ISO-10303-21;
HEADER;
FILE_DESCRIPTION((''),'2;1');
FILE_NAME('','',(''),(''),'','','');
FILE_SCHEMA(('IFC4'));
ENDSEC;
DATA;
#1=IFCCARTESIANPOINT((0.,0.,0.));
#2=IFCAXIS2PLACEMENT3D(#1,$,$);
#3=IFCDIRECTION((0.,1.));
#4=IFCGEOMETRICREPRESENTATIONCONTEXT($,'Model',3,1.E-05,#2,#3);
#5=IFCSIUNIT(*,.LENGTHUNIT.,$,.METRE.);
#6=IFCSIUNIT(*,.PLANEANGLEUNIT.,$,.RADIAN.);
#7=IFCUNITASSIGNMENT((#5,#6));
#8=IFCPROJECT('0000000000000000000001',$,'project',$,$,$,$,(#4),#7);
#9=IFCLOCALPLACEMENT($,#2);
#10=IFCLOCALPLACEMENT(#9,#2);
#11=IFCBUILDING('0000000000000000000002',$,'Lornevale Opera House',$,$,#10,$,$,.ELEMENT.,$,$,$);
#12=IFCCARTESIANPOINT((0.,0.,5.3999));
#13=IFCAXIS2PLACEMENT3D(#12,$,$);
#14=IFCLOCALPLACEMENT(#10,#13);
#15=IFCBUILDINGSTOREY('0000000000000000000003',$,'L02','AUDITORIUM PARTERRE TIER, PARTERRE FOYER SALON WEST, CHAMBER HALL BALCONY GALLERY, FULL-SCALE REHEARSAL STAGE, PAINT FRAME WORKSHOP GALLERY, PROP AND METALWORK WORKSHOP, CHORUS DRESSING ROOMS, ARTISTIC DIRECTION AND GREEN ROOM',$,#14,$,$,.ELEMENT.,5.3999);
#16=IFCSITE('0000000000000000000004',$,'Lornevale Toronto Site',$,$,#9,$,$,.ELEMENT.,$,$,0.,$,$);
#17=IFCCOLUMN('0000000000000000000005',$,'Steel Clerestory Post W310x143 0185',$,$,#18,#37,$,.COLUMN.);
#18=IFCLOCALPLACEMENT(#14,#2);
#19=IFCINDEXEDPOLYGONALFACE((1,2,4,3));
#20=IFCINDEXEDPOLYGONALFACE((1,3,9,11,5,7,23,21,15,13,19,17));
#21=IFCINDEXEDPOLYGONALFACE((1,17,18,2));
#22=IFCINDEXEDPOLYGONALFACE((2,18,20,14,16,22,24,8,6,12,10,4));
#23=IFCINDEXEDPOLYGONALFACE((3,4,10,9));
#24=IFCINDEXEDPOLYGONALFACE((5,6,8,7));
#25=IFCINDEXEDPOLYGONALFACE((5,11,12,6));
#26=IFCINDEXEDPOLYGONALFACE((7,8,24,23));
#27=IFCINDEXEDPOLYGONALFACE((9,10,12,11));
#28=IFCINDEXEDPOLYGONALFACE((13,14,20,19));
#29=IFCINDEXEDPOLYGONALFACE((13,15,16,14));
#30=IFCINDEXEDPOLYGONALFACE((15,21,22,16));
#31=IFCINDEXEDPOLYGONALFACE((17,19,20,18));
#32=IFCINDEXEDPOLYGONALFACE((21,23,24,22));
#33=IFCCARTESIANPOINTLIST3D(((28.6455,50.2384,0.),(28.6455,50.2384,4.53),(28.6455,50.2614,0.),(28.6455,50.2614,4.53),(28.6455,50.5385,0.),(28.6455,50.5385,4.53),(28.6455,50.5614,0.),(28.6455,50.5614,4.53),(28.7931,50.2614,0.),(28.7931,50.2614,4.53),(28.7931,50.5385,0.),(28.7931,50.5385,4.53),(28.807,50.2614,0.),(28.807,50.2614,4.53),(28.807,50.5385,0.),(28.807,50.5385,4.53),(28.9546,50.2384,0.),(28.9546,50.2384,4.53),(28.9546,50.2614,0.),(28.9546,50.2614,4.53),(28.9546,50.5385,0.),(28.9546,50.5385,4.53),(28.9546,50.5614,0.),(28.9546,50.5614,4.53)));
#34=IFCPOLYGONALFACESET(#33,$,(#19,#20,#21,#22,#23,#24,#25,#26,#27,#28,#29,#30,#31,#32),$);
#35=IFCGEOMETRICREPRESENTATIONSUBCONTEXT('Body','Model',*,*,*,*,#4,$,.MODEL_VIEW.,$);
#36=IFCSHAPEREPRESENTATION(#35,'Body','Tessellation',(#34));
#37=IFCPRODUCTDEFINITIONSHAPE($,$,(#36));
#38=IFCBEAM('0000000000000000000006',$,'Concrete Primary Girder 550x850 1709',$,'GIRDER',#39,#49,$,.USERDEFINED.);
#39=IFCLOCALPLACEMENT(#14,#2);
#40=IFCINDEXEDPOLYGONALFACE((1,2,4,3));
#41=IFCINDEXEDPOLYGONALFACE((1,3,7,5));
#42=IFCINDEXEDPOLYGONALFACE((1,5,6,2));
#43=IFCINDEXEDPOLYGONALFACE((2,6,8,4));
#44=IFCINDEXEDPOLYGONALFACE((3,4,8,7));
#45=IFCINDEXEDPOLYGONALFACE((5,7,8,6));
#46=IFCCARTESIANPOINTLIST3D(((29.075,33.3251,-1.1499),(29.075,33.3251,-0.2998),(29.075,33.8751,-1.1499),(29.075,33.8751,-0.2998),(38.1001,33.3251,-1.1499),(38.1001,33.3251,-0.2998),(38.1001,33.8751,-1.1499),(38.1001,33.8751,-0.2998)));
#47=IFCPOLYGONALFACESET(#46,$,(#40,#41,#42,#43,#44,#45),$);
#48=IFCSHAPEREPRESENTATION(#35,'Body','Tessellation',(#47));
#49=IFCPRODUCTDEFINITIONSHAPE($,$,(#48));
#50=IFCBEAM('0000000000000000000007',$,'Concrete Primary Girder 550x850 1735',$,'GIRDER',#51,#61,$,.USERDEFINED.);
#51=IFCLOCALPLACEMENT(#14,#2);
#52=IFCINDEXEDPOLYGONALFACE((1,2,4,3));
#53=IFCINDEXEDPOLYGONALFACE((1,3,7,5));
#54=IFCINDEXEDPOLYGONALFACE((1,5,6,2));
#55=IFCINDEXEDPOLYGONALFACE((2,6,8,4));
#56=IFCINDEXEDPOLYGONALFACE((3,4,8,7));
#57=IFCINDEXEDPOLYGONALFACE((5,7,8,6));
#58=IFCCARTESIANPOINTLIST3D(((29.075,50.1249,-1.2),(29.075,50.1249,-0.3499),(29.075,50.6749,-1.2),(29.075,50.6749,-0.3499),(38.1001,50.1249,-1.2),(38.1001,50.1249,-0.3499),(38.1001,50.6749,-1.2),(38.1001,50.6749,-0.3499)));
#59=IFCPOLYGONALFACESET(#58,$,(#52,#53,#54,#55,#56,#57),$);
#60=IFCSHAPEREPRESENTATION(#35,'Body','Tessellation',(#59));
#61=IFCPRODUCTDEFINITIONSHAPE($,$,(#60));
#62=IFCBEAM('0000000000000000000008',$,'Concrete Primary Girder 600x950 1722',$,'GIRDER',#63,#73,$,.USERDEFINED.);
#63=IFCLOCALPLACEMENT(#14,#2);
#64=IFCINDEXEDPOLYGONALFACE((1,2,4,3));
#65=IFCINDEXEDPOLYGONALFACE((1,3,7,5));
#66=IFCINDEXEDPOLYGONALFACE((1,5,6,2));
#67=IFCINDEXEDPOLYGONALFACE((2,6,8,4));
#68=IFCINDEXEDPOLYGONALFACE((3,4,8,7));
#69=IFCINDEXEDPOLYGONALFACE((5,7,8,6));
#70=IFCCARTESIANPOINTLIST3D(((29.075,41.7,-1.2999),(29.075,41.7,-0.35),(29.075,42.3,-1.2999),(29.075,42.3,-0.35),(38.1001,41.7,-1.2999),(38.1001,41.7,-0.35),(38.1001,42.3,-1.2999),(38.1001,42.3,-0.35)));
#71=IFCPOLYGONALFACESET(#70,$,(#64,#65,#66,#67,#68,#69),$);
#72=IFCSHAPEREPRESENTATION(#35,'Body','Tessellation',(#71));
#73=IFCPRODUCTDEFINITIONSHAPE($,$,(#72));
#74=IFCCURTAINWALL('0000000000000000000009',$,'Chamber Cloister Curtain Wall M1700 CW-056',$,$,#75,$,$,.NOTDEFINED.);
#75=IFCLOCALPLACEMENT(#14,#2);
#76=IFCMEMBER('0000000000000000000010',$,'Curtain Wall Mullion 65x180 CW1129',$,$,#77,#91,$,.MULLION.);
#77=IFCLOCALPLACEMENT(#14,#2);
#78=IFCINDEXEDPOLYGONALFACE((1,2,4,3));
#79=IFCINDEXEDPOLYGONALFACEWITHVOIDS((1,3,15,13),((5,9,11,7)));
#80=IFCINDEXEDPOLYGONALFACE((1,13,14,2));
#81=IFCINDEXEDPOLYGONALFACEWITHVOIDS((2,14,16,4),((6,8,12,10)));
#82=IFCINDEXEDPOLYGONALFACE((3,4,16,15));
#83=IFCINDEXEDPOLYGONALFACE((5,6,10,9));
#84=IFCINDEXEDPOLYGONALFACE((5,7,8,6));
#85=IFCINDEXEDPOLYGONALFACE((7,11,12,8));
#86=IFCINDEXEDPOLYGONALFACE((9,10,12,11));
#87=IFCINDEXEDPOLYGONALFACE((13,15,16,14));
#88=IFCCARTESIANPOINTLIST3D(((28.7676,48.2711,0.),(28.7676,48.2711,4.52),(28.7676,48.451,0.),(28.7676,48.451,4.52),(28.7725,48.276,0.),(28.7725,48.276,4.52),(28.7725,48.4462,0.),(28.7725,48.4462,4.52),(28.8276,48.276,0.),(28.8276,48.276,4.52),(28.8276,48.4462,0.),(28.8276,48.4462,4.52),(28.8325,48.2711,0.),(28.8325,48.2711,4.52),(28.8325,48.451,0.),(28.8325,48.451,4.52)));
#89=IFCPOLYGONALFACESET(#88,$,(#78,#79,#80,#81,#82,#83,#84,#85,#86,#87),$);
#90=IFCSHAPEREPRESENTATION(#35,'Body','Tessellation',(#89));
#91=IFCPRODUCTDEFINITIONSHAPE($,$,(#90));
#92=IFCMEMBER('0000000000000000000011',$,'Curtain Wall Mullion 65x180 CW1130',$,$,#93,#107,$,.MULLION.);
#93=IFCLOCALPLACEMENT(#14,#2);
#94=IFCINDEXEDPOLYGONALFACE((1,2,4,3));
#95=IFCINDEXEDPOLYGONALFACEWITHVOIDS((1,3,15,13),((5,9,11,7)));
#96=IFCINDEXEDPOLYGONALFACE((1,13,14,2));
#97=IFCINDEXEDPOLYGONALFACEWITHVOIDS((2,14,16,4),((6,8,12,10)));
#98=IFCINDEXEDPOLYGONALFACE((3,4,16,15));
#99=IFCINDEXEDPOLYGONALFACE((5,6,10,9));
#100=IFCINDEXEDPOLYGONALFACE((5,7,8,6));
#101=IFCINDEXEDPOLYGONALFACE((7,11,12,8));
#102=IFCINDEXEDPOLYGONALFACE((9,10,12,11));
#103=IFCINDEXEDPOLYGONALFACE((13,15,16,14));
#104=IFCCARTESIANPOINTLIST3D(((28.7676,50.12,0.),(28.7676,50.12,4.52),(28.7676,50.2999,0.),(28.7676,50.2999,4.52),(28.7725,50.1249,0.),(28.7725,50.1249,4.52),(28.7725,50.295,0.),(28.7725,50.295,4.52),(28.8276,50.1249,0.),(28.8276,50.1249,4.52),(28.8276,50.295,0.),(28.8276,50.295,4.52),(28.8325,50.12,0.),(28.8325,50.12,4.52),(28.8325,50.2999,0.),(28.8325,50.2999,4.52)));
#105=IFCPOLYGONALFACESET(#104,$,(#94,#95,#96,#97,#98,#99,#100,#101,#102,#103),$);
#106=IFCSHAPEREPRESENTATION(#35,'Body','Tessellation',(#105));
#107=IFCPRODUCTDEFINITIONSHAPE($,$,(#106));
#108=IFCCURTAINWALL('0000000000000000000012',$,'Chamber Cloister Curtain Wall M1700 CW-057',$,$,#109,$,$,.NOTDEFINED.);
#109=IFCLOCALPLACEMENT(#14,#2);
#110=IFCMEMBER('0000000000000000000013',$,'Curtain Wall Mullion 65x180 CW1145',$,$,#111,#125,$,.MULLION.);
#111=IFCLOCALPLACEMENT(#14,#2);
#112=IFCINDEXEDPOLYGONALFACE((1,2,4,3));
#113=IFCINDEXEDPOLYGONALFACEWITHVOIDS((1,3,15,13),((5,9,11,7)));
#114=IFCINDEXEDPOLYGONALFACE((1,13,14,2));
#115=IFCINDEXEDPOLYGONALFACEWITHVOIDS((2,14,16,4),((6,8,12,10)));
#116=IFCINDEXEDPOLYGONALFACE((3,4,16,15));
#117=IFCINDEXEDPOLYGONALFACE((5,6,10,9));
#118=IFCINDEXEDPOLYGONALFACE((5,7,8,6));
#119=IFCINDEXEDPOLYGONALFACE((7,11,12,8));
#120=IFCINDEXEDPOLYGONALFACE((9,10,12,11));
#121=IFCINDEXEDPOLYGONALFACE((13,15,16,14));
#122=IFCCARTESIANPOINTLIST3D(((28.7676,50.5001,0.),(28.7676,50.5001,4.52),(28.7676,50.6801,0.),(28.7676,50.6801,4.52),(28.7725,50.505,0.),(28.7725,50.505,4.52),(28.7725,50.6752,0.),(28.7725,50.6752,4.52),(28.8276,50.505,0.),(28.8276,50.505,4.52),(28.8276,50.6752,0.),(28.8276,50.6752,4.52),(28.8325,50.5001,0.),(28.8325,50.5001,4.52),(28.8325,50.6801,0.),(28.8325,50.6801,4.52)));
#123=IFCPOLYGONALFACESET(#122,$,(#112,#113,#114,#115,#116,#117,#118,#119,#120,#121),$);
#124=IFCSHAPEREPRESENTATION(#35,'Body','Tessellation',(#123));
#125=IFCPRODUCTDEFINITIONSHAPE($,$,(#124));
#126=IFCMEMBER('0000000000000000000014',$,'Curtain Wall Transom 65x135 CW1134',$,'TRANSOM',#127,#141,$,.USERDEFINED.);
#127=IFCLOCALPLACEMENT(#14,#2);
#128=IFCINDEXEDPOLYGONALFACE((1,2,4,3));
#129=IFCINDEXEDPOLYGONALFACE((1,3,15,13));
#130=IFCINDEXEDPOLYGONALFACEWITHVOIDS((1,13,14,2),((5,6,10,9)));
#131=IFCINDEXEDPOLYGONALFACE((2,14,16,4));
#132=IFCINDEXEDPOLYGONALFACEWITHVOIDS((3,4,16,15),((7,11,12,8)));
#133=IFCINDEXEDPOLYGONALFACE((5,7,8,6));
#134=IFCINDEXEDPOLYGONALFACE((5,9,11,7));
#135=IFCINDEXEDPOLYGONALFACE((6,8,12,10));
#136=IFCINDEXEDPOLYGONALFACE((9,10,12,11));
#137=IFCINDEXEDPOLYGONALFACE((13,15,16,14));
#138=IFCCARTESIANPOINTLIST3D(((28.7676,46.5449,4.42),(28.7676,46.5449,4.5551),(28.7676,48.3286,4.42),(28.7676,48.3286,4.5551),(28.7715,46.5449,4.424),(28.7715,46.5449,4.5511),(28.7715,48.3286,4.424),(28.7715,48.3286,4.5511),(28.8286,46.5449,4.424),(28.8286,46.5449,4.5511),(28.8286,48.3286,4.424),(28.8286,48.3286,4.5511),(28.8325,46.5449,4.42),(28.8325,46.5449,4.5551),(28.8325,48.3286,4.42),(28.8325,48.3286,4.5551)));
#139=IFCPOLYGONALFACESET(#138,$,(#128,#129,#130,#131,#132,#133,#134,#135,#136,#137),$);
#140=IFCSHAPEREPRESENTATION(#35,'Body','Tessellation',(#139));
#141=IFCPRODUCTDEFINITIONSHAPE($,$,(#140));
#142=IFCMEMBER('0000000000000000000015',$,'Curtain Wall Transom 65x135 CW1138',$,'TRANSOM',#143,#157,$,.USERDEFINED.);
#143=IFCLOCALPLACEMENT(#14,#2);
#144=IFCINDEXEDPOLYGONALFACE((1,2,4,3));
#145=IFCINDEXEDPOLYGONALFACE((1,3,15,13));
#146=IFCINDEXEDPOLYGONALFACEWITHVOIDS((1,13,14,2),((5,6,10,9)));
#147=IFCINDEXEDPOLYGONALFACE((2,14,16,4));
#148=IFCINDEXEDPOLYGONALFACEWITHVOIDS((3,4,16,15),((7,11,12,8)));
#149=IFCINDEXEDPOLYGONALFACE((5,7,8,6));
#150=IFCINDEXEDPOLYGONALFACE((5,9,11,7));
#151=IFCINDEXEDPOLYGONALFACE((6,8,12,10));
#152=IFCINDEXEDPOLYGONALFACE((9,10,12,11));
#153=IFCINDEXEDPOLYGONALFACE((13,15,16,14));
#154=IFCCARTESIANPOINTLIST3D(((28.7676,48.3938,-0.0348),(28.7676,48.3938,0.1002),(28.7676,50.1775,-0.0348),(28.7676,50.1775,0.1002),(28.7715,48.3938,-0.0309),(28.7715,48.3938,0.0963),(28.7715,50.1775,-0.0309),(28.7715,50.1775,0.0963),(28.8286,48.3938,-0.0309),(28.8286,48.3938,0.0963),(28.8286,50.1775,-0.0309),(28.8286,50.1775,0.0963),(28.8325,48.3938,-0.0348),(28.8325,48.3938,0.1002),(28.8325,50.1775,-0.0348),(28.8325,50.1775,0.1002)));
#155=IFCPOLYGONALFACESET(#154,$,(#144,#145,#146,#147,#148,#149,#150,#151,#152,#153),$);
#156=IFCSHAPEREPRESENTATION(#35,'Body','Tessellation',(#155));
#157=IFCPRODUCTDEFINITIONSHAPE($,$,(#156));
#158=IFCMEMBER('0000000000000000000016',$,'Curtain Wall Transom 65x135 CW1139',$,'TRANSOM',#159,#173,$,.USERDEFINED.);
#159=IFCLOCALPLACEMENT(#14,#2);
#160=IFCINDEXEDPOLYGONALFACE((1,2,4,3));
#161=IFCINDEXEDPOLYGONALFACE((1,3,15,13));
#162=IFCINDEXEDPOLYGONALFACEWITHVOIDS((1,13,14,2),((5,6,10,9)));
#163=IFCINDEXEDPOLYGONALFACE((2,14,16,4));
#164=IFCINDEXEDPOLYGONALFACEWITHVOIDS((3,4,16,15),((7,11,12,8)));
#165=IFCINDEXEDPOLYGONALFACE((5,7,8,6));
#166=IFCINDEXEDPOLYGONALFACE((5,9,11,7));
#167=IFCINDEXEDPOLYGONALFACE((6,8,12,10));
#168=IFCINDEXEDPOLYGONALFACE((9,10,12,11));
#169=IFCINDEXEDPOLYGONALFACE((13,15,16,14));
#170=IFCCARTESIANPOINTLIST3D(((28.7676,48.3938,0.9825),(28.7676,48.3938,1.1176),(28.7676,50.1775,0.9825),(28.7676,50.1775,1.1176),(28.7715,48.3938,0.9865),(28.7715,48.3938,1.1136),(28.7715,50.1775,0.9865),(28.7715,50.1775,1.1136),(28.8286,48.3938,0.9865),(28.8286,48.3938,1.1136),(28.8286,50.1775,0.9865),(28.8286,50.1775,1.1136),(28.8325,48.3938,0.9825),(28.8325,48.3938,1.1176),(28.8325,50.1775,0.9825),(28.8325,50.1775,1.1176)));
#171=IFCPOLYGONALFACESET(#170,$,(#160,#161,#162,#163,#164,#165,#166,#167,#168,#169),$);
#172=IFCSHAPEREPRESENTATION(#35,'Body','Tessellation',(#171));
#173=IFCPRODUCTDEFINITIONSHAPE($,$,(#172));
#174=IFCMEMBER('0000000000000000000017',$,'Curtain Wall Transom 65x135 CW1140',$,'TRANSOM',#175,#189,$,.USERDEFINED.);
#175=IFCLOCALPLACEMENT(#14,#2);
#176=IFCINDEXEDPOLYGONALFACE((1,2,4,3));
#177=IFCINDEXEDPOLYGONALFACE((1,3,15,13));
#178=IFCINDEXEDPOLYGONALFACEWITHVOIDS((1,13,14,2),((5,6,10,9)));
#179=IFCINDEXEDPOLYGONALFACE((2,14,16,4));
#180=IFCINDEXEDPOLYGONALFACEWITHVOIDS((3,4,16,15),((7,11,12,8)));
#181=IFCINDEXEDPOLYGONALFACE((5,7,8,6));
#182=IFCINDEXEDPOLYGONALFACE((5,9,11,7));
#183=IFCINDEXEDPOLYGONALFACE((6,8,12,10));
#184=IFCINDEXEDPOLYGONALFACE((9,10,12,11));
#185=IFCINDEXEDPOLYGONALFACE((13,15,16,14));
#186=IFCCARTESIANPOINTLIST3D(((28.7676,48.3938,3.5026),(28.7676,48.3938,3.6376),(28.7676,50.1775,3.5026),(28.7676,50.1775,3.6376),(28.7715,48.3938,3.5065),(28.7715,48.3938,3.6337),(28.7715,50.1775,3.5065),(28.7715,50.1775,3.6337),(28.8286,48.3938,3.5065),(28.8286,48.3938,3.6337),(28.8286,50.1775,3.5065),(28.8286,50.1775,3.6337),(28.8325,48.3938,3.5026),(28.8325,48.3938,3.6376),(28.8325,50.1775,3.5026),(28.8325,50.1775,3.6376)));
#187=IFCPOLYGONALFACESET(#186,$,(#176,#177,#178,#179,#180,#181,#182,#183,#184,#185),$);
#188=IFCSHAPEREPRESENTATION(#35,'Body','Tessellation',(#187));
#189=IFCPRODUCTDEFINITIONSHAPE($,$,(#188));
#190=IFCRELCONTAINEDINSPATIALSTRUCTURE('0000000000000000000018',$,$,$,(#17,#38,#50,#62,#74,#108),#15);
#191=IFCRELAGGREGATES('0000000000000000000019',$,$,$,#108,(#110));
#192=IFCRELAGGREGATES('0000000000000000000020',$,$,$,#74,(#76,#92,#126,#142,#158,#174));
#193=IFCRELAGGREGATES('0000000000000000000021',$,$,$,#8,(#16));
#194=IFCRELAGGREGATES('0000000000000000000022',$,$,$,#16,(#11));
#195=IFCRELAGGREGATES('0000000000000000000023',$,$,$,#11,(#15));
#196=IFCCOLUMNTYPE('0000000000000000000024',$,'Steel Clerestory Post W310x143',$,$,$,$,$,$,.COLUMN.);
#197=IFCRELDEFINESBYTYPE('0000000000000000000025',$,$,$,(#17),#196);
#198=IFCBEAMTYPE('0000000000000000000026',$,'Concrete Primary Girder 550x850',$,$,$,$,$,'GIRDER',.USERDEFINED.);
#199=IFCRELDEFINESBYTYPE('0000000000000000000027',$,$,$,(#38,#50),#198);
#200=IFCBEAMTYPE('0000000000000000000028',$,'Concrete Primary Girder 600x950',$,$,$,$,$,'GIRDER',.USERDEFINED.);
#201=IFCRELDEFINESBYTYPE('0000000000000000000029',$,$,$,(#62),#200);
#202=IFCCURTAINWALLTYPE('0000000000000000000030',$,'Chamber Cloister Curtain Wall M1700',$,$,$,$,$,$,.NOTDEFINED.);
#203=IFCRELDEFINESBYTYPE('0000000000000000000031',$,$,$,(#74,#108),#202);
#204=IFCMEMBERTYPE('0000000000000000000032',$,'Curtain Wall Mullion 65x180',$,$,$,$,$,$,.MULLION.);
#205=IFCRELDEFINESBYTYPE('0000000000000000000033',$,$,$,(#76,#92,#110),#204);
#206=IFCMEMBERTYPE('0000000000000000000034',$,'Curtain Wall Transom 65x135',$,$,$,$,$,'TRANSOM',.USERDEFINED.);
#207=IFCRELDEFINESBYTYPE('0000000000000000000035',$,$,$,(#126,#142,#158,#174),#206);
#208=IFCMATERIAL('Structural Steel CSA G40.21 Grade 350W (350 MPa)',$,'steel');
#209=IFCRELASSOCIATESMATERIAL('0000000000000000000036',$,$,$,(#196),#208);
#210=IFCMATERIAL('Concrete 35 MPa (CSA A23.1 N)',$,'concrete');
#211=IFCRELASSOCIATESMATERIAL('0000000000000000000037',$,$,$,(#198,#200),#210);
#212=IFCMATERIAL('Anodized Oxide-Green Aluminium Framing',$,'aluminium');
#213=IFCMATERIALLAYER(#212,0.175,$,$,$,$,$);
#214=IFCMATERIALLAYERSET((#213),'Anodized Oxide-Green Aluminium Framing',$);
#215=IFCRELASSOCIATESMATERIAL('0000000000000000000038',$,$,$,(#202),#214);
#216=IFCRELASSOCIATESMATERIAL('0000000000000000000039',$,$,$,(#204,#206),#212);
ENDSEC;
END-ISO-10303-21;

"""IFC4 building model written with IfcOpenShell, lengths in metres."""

from ifc_helpers import new_model, si_unit, direction, frame, origin, origin_2d, place, context, subcontext, project, spatial, rectangle, hollow_rectangle, i_section, extrude, material, layer, layer_set, material_profile, profile_set, type_object, element, aggregate, save


model = new_model("IFC4")

# Units and contexts
model_context = context("Model", 3, precision=1e-05, world=origin(), true_north=direction((0.0, 1.0)))
body_context = subcontext(model_context, "Body", "Model", "MODEL_VIEW")
ifc_project = project(units=[si_unit("LENGTHUNIT", "METRE"), si_unit("PLANEANGLEUNIT", "RADIAN")], contexts=[model_context])

# Site, building, storey
site_placement = place(None, origin())
site = spatial("IfcSite", under=ifc_project, at=site_placement, Name="Lornevale Toronto Site", CompositionType="ELEMENT", RefElevation=0.0)
building_placement = place(site_placement, origin())
building = spatial("IfcBuilding", under=site, at=building_placement, Name="Lornevale Opera House", CompositionType="ELEMENT")
storey_placement = place(building_placement, frame((0.0, 0.0, 5.3999)))
storey = spatial("IfcBuildingStorey", under=building, at=storey_placement, Name="L02", Description="AUDITORIUM PARTERRE TIER, PARTERRE FOYER SALON WEST, CHAMBER HALL BALCONY GALLERY, FULL-SCALE REHEARSAL STAGE, PAINT FRAME WORKSHOP GALLERY, PROP AND METALWORK WORKSHOP, CHORUS DRESSING ROOMS, ARTISTIC DIRECTION AND GREEN ROOM", CompositionType="ELEMENT", Elevation=5.3999)

# Column
ifc_material_1 = material(Name="Structural Steel CSA G40.21 Grade 350W (350 MPa)", Category="steel")
ifc_material_profile_1 = material_profile(ifc_material_1, i_section(OverallWidth=0.3091, OverallDepth=0.323, WebThickness=0.0139, FlangeThickness=0.0229, at=origin_2d()), Name="W310x143")
ifc_profile_set_1 = profile_set([ifc_material_profile_1], Name="Structural Steel CSA G40.21 Grade 350W (350 MPa)")
column_type = type_object("IfcColumnType", Name="Steel Clerestory Post W310x143", PredefinedType="COLUMN", material=ifc_profile_set_1)
column_placement = place(storey_placement, frame((28.8, 50.3999, 0.0), z_axis=(0.0, 0.0, 1.0), x_axis=(1.0, 0.0, 0.0)))
element("IfcColumn", 1, at=column_placement, inside=storey, type_object=column_type, Name="Steel Clerestory Post W310x143 0185", PredefinedType="COLUMN", context=body_context, shape_type="SweptSolid", body=[
    extrude(i_section(OverallWidth=0.3091, OverallDepth=0.323, WebThickness=0.0139, FlangeThickness=0.0229, at=origin_2d()), origin(), (0.0, 0.0, 1.0), 4.53),
])

# Beams
ifc_material_2 = material(Name="Concrete 35 MPa (CSA A23.1 N)", Category="concrete")
ifc_material_profile_2 = material_profile(ifc_material_2, rectangle(XDim=0.55, YDim=0.8501, at=origin_2d()), Name="RC550x850")
ifc_profile_set_2 = profile_set([ifc_material_profile_2], Name="Concrete 35 MPa (CSA A23.1 N)")
beam_type_1 = type_object("IfcBeamType", Name="Concrete Primary Girder 550x850", ElementType="GIRDER", PredefinedType="USERDEFINED", material=ifc_profile_set_2)
for number, where, z_axis, x_axis, name in (
    (2, (29.075, 33.6001, -0.7249), (1.0, 0.0, 0.0), (0.0, 1.0, 0.0), "Concrete Primary Girder 550x850 1709"),
    (3, (29.075, 50.3999, -0.7749), (1.0, 0.0, 0.0), (0.0, 1.0, 0.0), "Concrete Primary Girder 550x850 1735"),
):
    element("IfcBeam", number, at=place(storey_placement, frame(where, z_axis=z_axis, x_axis=x_axis)), inside=storey, type_object=beam_type_1, Name=name, ObjectType="GIRDER", PredefinedType="USERDEFINED", context=body_context, shape_type="SweptSolid", body=[
        extrude(rectangle(XDim=0.55, YDim=0.8501, at=origin_2d()), origin(), (0.0, 0.0, 1.0), 9.0251),
    ])
ifc_material_profile_3 = material_profile(ifc_material_2, rectangle(XDim=0.6001, YDim=0.95, at=origin_2d()), Name="RC600x950")
ifc_profile_set_3 = profile_set([ifc_material_profile_3], Name="Concrete 35 MPa (CSA A23.1 N)")
beam_type_2 = type_object("IfcBeamType", Name="Concrete Primary Girder 600x950", ElementType="GIRDER", PredefinedType="USERDEFINED", material=ifc_profile_set_3)
beam_placement = place(storey_placement, frame((29.075, 42.0, -0.825), z_axis=(1.0, 0.0, 0.0), x_axis=(0.0, 1.0, 0.0)))
element("IfcBeam", 4, at=beam_placement, inside=storey, type_object=beam_type_2, Name="Concrete Primary Girder 600x950 1722", ObjectType="GIRDER", PredefinedType="USERDEFINED", context=body_context, shape_type="SweptSolid", body=[
    extrude(rectangle(XDim=0.6001, YDim=0.95, at=origin_2d()), origin(), (0.0, 0.0, 1.0), 9.0251),
])

# Curtain wall, members
ifc_material_3 = material(Name="Anodized Oxide-Green Aluminium Framing", Category="aluminium")
ifc_layer_1 = layer(ifc_material_3, 0.175)
ifc_layer_set_1 = layer_set([ifc_layer_1], Name="Anodized Oxide-Green Aluminium Framing")
curtain_wall_type = type_object("IfcCurtainWallType", Name="Chamber Cloister Curtain Wall M1700", PredefinedType="NOTDEFINED", material=ifc_layer_set_1)
curtain_wall_1_placement = place(storey_placement, origin())
curtain_wall_1 = element("IfcCurtainWall", 5, at=curtain_wall_1_placement, inside=storey, type_object=curtain_wall_type, Name="Chamber Cloister Curtain Wall M1700 CW-056", PredefinedType="NOTDEFINED")
ifc_material_profile_4 = material_profile(ifc_material_3, hollow_rectangle(XDim=0.0649, YDim=0.1799, WallThickness=0.0049, at=origin_2d()), Name="ALU65x180x5")
ifc_profile_set_4 = profile_set([ifc_material_profile_4], Name="Anodized Oxide-Green Aluminium Framing")
member_type_1 = type_object("IfcMemberType", Name="Curtain Wall Mullion 65x180", PredefinedType="MULLION", material=ifc_profile_set_4)
member_1_placement = place(storey_placement, frame((28.8, 48.3611, 0.0), z_axis=(0.0, 0.0, 1.0), x_axis=(-1.0, 0.0, 0.0)))
member_1 = element("IfcMember", 6, at=member_1_placement, type_object=member_type_1, Name="Curtain Wall Mullion 65x180 CW1129", PredefinedType="MULLION", context=body_context, shape_type="SweptSolid", body=[
    extrude(hollow_rectangle(XDim=0.0649, YDim=0.1799, WallThickness=0.0049, at=origin_2d()), origin(), (0.0, 0.0, 1.0), 4.52),
])
member_2_placement = place(storey_placement, frame((28.8, 50.21, 0.0), z_axis=(0.0, 0.0, 1.0), x_axis=(-1.0, 0.0, 0.0)))
member_2 = element("IfcMember", 7, at=member_2_placement, type_object=member_type_1, Name="Curtain Wall Mullion 65x180 CW1130", PredefinedType="MULLION", context=body_context, shape_type="SweptSolid", body=[
    extrude(hollow_rectangle(XDim=0.0649, YDim=0.1799, WallThickness=0.0049, at=origin_2d()), origin(), (0.0, 0.0, 1.0), 4.52),
])

# Curtain wall, member
curtain_wall_2_placement = place(storey_placement, origin())
curtain_wall_2 = element("IfcCurtainWall", 8, at=curtain_wall_2_placement, inside=storey, type_object=curtain_wall_type, Name="Chamber Cloister Curtain Wall M1700 CW-057", PredefinedType="NOTDEFINED")
member_3_placement = place(storey_placement, frame((28.8, 50.5901, 0.0), z_axis=(0.0, 0.0, 1.0), x_axis=(-1.0, 0.0, 0.0)))
member_3 = element("IfcMember", 9, at=member_3_placement, type_object=member_type_1, Name="Curtain Wall Mullion 65x180 CW1145", PredefinedType="MULLION", context=body_context, shape_type="SweptSolid", body=[
    extrude(hollow_rectangle(XDim=0.0649, YDim=0.1799, WallThickness=0.0049, at=origin_2d()), origin(), (0.0, 0.0, 1.0), 4.52),
])
aggregate(curtain_wall_2, [member_3])

# Members
ifc_material_profile_5 = material_profile(ifc_material_3, hollow_rectangle(XDim=0.0649, YDim=0.135, WallThickness=0.0039, at=origin_2d()), Name="ALU65x135x4")
ifc_profile_set_5 = profile_set([ifc_material_profile_5], Name="Anodized Oxide-Green Aluminium Framing")
member_type_2 = type_object("IfcMemberType", Name="Curtain Wall Transom 65x135", ElementType="TRANSOM", PredefinedType="USERDEFINED", material=ifc_profile_set_5)
member_4_placement = place(storey_placement, frame((28.8, 46.5449, 4.4875), z_axis=(0.0, 1.0, 0.0), x_axis=(-1.0, 0.0, 0.0)))
member_4 = element("IfcMember", 10, at=member_4_placement, type_object=member_type_2, Name="Curtain Wall Transom 65x135 CW1134", ObjectType="TRANSOM", PredefinedType="USERDEFINED", context=body_context, shape_type="SweptSolid", body=[
    extrude(hollow_rectangle(XDim=0.0649, YDim=0.135, WallThickness=0.0039, at=origin_2d()), origin(), (0.0, 0.0, 1.0), 1.7837),
])
member_5_placement = place(storey_placement, frame((28.8, 48.3938, 0.0327), z_axis=(0.0, 1.0, 0.0), x_axis=(-1.0, 0.0, 0.0)))
member_5 = element("IfcMember", 11, at=member_5_placement, type_object=member_type_2, Name="Curtain Wall Transom 65x135 CW1138", ObjectType="TRANSOM", PredefinedType="USERDEFINED", context=body_context, shape_type="SweptSolid", body=[
    extrude(hollow_rectangle(XDim=0.0649, YDim=0.135, WallThickness=0.0039, at=origin_2d()), origin(), (0.0, 0.0, 1.0), 1.7837),
])
member_6_placement = place(storey_placement, frame((28.8, 48.3938, 1.05), z_axis=(0.0, 1.0, 0.0), x_axis=(-1.0, 0.0, 0.0)))
member_6 = element("IfcMember", 12, at=member_6_placement, type_object=member_type_2, Name="Curtain Wall Transom 65x135 CW1139", ObjectType="TRANSOM", PredefinedType="USERDEFINED", context=body_context, shape_type="SweptSolid", body=[
    extrude(hollow_rectangle(XDim=0.0649, YDim=0.135, WallThickness=0.0039, at=origin_2d()), origin(), (0.0, 0.0, 1.0), 1.7837),
])
member_7_placement = place(storey_placement, frame((28.8, 48.3938, 3.5701), z_axis=(0.0, 1.0, 0.0), x_axis=(-1.0, 0.0, 0.0)))
member_7 = element("IfcMember", 13, at=member_7_placement, type_object=member_type_2, Name="Curtain Wall Transom 65x135 CW1140", ObjectType="TRANSOM", PredefinedType="USERDEFINED", context=body_context, shape_type="SweptSolid", body=[
    extrude(hollow_rectangle(XDim=0.0649, YDim=0.135, WallThickness=0.0039, at=origin_2d()), origin(), (0.0, 0.0, 1.0), 1.7837),
])

aggregate(curtain_wall_1, [member_1, member_2, member_4, member_5, member_6, member_7])

save(model, "model.ifc")
